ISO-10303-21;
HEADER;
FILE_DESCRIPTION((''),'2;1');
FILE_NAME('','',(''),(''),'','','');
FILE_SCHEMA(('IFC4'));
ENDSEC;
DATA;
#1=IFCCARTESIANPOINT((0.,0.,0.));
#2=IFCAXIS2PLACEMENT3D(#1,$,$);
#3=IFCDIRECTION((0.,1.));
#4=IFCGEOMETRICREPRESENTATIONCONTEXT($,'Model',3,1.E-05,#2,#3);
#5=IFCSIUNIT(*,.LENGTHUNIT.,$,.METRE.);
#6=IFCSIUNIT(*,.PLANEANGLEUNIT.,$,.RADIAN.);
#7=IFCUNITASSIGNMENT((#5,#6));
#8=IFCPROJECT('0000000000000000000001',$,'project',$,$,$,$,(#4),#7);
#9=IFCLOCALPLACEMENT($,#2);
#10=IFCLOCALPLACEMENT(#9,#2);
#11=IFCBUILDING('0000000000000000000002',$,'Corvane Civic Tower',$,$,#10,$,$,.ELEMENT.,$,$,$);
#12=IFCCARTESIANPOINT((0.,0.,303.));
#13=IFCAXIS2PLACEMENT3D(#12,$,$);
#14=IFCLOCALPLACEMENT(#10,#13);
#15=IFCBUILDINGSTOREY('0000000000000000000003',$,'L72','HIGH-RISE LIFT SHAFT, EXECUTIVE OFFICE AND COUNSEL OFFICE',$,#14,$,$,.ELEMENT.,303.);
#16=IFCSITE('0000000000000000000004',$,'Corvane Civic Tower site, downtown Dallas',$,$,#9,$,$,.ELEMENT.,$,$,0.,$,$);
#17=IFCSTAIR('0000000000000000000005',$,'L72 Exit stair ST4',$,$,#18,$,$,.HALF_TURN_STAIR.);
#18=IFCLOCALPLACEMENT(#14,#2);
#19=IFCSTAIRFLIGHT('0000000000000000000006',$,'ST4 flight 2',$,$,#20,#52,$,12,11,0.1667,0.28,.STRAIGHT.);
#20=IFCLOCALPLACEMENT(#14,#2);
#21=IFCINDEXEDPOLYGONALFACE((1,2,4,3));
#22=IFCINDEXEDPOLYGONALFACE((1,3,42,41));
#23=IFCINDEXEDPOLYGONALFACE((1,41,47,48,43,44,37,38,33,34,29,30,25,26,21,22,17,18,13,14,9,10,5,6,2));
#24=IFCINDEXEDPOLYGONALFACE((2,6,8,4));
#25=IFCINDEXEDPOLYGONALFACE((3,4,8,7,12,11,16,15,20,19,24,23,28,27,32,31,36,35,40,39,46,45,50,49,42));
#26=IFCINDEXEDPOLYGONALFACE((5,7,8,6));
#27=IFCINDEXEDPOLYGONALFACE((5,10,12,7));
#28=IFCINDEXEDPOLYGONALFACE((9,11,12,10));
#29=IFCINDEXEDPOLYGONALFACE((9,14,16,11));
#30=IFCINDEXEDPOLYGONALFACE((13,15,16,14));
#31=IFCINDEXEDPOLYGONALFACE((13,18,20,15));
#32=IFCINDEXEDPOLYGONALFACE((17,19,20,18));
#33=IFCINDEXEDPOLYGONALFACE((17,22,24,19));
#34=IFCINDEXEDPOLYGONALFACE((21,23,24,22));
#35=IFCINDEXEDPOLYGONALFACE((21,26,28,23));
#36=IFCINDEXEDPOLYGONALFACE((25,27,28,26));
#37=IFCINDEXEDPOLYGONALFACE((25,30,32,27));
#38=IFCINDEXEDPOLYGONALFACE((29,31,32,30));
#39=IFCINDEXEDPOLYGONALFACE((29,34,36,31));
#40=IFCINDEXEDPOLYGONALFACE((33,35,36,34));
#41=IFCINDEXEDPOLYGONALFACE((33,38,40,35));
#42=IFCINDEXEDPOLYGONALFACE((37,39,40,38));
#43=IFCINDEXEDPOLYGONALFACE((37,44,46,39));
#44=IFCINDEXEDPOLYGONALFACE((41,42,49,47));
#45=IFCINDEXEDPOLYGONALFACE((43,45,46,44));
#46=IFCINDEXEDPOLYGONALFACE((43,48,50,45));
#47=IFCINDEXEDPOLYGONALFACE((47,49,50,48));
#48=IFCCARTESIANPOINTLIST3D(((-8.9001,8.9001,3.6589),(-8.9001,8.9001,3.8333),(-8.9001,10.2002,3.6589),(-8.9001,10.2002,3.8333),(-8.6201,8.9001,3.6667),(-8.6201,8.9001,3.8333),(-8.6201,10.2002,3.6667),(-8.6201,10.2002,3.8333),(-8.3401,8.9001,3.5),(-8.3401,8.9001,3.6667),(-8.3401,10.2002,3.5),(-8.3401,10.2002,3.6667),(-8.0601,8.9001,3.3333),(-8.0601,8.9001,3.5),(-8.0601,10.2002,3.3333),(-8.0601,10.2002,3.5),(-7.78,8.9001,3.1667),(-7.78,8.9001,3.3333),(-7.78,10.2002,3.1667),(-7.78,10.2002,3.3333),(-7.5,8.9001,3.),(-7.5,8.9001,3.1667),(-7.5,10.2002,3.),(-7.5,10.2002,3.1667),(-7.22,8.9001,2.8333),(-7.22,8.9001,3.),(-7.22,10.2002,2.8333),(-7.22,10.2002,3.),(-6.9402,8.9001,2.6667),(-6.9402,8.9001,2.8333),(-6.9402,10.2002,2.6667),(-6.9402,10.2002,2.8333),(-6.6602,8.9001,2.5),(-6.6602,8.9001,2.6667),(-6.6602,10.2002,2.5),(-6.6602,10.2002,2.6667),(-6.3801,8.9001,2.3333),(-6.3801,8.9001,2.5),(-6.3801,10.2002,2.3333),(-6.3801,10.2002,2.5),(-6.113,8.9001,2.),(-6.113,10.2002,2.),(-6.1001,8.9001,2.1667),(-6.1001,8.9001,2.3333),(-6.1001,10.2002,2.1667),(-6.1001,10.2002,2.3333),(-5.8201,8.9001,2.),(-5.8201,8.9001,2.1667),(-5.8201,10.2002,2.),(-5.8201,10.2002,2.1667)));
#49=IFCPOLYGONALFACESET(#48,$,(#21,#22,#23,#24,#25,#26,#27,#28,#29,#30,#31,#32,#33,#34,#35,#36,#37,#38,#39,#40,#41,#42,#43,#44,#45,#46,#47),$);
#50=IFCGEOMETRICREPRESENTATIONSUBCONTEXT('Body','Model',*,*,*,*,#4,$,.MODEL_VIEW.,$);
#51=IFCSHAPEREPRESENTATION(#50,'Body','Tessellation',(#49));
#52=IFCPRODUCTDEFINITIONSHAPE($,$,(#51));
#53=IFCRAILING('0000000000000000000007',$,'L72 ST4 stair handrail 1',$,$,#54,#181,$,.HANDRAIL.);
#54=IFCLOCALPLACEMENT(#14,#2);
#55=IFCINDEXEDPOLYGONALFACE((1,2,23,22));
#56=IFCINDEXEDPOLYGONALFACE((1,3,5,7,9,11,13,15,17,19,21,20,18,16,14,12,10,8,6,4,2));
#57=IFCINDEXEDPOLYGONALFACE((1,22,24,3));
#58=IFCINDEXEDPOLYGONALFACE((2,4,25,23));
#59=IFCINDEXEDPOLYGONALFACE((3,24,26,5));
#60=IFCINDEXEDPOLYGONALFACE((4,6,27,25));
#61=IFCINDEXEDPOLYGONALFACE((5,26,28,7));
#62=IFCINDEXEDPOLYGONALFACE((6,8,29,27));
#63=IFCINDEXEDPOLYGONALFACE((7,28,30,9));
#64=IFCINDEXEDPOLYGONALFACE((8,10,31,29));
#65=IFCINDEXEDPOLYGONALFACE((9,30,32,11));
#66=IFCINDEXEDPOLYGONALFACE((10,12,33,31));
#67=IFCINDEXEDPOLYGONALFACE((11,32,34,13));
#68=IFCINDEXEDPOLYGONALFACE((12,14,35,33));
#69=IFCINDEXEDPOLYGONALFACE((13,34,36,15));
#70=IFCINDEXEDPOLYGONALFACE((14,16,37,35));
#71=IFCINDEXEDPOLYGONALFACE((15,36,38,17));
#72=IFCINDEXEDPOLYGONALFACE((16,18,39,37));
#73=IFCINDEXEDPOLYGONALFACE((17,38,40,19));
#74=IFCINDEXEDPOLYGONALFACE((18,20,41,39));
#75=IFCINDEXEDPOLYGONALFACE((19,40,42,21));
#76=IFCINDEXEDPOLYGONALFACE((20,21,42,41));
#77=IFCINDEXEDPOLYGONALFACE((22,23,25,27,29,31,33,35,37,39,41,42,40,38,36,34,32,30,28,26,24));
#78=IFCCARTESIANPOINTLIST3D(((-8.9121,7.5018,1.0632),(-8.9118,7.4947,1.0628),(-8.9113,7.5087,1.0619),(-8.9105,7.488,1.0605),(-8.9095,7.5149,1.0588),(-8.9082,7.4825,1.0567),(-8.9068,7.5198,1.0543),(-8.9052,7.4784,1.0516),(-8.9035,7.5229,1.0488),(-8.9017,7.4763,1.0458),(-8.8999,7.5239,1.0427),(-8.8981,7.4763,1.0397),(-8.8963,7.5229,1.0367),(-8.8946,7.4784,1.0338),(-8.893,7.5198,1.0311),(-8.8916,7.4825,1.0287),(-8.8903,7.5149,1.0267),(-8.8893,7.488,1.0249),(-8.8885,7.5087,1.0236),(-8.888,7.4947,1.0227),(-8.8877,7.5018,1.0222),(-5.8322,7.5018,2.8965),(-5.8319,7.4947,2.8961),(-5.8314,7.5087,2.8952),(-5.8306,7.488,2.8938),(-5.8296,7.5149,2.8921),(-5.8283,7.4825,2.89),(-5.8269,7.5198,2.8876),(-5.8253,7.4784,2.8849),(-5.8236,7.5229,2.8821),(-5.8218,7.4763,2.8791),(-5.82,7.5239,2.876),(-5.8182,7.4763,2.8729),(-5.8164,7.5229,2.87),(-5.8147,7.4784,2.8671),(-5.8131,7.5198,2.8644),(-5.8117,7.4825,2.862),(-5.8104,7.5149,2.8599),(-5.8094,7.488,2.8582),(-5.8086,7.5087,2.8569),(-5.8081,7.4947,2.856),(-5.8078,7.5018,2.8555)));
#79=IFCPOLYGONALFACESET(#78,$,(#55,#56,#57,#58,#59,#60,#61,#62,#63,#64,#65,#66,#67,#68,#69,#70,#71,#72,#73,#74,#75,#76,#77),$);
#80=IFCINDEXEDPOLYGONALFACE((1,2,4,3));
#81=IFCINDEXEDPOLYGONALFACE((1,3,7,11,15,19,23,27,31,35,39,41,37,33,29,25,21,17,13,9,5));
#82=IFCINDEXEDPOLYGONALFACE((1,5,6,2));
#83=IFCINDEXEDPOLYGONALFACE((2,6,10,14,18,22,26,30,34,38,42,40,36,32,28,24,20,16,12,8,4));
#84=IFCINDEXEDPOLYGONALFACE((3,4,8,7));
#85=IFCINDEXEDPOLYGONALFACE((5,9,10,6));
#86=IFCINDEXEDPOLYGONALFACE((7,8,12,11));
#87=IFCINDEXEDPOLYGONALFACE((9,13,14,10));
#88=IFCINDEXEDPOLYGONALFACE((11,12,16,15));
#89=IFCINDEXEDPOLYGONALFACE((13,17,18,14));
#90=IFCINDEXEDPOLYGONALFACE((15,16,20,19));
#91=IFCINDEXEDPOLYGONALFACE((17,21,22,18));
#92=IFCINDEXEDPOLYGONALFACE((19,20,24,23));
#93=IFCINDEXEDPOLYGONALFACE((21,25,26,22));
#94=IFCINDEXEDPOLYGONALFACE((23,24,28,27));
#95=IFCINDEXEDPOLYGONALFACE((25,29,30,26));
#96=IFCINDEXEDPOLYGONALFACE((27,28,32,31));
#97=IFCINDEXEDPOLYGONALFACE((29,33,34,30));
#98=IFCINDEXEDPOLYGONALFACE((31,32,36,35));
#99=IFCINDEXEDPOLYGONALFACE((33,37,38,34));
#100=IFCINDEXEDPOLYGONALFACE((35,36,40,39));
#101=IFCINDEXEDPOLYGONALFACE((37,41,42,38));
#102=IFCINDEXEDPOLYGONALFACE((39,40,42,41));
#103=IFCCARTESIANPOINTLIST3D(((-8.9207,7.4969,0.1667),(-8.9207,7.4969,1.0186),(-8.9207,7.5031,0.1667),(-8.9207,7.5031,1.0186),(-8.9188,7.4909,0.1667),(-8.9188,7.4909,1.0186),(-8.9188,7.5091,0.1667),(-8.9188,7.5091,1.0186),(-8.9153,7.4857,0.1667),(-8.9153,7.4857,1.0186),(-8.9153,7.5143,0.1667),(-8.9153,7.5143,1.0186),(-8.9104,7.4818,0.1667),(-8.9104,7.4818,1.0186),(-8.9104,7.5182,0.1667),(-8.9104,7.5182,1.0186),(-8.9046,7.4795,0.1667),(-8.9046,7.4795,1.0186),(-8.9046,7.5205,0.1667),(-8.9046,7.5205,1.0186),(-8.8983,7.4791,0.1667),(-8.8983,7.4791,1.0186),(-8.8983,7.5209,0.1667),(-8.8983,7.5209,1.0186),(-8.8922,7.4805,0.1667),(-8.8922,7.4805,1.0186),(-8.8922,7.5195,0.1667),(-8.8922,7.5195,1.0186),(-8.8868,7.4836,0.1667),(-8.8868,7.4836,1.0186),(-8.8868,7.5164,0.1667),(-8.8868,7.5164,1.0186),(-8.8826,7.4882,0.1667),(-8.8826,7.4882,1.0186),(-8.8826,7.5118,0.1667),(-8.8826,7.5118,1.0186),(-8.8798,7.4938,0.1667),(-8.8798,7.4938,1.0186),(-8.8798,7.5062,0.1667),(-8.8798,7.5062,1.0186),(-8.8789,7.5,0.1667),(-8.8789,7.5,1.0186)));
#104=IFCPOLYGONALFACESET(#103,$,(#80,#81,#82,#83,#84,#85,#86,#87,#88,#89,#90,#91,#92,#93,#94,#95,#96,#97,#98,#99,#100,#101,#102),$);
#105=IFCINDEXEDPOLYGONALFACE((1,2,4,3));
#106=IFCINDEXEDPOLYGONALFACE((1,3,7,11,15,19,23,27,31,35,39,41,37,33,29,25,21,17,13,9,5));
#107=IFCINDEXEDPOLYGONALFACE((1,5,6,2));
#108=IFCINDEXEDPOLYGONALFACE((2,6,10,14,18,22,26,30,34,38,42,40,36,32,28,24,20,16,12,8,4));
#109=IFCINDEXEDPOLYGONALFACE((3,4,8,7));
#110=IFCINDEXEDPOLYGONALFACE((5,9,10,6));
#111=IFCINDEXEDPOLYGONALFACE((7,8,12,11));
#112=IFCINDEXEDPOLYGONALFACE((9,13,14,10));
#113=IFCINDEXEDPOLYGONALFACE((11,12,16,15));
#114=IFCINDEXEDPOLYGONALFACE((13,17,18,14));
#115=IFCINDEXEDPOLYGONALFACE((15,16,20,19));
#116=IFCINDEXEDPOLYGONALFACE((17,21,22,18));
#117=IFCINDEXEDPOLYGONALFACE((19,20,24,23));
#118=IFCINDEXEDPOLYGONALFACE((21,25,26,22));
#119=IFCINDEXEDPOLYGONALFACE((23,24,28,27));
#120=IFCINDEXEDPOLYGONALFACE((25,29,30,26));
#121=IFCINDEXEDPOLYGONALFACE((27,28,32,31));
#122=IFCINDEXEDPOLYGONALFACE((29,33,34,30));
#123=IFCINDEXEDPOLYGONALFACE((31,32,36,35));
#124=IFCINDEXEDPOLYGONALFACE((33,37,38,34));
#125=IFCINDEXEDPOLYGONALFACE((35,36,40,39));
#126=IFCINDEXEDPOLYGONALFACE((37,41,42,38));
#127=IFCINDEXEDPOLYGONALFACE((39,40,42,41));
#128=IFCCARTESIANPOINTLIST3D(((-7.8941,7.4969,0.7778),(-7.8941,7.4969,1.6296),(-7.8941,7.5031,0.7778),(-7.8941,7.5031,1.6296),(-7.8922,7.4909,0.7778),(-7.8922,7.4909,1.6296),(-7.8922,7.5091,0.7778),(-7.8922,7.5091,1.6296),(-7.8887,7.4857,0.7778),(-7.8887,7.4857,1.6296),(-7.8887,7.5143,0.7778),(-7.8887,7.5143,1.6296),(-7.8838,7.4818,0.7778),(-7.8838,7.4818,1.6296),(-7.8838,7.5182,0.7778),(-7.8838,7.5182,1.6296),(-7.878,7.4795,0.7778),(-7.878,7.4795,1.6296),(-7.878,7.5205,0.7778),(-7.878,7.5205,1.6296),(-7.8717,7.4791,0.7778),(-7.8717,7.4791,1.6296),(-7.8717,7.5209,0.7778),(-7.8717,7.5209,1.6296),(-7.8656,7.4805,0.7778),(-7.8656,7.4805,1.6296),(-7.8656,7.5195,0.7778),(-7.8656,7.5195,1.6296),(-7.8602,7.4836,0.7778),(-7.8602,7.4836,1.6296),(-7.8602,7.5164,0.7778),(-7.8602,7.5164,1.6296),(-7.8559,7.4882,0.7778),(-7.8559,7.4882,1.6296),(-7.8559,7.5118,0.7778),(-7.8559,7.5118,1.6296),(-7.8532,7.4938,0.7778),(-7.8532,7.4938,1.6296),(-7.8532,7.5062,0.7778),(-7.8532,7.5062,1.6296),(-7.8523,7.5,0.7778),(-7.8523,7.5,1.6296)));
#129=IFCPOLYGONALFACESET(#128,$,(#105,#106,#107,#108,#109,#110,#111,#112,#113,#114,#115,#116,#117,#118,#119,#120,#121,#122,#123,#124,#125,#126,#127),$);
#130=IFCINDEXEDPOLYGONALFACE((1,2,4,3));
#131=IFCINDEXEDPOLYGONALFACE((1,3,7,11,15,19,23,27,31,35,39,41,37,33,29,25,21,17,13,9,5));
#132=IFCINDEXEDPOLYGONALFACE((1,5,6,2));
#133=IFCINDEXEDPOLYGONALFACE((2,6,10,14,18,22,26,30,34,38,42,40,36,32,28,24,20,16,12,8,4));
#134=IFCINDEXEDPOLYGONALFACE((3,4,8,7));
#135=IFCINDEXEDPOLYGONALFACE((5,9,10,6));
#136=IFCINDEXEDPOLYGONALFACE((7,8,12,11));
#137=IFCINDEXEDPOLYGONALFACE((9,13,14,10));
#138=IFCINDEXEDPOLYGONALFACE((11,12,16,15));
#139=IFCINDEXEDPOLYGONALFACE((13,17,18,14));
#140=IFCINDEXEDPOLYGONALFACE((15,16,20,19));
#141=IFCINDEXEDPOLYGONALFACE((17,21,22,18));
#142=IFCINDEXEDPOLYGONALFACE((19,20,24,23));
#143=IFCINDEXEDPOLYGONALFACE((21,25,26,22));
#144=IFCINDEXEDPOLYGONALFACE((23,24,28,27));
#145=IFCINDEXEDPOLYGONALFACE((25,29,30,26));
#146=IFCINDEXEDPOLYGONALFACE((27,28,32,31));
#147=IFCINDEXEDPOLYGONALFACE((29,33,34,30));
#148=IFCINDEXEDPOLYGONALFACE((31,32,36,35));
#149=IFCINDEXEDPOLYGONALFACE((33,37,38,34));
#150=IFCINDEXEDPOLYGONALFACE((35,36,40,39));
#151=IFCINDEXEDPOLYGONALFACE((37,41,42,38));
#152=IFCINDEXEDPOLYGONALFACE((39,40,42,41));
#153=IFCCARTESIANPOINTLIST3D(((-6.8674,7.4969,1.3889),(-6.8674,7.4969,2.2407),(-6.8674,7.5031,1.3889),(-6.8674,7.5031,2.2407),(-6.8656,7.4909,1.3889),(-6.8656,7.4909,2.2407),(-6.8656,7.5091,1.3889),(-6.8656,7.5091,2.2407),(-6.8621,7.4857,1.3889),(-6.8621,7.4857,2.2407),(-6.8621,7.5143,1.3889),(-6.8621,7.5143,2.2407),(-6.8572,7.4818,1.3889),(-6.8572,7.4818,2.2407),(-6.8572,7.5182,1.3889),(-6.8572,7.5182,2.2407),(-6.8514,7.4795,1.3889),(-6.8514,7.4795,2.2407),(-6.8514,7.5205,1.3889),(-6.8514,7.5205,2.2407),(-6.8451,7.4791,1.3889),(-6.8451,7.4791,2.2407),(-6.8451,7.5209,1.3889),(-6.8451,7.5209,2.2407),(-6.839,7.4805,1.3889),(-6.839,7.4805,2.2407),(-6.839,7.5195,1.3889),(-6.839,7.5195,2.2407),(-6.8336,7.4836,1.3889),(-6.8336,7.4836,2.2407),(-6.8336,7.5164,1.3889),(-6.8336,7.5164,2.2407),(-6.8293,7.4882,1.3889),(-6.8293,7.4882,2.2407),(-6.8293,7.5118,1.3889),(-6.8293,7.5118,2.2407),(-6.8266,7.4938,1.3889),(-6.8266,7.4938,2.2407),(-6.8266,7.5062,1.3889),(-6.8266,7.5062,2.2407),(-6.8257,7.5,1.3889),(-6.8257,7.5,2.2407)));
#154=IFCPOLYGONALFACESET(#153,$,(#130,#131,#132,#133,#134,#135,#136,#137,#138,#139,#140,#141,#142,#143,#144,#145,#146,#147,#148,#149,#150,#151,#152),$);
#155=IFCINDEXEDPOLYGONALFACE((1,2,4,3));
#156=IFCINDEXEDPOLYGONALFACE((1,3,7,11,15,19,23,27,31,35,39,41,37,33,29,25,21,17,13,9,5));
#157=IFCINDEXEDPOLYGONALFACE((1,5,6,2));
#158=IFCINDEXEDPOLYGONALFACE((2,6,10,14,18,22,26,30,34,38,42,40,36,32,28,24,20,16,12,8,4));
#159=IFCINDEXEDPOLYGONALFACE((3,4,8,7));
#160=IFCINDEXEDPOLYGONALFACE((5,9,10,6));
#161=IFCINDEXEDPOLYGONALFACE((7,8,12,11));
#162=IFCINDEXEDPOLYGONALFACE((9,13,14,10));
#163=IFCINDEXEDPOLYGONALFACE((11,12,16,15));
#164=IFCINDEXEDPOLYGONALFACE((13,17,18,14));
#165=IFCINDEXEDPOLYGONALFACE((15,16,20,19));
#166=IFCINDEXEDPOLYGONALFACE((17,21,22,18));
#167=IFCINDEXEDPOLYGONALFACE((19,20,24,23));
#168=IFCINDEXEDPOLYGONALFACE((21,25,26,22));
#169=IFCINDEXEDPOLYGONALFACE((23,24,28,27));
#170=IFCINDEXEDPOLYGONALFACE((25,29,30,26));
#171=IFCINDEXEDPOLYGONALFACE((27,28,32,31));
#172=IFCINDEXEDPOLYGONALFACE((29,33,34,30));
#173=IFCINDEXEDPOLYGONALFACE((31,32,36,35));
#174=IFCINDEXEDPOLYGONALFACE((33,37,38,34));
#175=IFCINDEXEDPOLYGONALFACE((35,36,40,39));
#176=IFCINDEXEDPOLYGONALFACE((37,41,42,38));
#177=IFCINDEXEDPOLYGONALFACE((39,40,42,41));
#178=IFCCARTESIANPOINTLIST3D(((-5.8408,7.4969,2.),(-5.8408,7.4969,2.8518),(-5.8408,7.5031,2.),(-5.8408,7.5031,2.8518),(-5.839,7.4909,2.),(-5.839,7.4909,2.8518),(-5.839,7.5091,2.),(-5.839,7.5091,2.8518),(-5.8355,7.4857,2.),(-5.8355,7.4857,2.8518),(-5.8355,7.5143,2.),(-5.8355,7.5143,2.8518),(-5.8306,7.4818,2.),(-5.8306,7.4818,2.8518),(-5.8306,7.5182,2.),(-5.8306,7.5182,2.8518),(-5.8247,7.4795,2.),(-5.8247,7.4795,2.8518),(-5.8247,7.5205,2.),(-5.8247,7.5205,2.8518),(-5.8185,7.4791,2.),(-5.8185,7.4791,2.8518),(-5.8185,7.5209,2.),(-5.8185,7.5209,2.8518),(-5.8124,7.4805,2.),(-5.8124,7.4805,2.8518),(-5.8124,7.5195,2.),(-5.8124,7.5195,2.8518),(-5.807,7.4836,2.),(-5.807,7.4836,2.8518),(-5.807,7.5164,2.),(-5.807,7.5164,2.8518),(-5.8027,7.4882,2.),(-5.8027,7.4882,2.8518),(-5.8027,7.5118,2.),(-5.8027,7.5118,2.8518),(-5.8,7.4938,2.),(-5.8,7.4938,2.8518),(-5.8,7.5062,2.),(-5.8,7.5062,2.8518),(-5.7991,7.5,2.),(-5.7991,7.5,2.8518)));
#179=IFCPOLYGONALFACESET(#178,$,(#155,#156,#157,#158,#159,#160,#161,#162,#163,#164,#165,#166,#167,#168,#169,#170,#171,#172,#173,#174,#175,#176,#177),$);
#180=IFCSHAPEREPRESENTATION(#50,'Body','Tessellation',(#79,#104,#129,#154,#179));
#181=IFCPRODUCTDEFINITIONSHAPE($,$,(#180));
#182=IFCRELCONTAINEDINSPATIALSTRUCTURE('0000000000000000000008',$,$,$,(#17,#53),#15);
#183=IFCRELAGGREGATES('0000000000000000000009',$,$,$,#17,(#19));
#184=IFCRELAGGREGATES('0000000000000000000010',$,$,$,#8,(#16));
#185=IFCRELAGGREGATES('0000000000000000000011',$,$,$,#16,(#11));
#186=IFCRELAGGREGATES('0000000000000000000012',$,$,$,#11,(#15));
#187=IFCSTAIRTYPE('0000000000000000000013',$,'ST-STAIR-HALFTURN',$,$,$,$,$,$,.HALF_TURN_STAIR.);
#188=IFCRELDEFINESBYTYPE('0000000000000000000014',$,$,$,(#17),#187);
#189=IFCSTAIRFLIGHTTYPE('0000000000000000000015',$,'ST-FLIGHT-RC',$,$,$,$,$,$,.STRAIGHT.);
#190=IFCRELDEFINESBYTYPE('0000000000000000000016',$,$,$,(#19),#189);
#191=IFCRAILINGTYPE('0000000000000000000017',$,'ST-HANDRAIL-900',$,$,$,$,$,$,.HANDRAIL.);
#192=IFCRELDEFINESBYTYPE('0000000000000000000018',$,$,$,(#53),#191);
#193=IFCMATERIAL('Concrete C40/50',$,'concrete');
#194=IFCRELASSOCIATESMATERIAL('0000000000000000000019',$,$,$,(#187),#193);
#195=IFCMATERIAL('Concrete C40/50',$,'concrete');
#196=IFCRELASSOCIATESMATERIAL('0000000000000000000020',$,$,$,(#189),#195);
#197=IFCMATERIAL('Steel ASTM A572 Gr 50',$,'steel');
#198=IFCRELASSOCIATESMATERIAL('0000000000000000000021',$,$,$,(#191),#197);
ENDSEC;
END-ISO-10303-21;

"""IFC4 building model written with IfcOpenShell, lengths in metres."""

from ifc_helpers import new_model, si_unit, direction, frame, origin, origin_2d, place, context, subcontext, project, spatial, polyline, circle, outline, extrude, material, type_object, element, aggregate, save


model = new_model("IFC4")

# Units and contexts
model_context = context("Model", 3, precision=1e-05, world=origin(), true_north=direction((0.0, 1.0)))
body_context = subcontext(model_context, "Body", "Model", "MODEL_VIEW")
ifc_project = project(units=[si_unit("LENGTHUNIT", "METRE"), si_unit("PLANEANGLEUNIT", "RADIAN")], contexts=[model_context])

# Site, building, storey
site_placement = place(None, origin())
site = spatial("IfcSite", under=ifc_project, at=site_placement, Name="Corvane Civic Tower site, downtown Dallas", CompositionType="ELEMENT", RefElevation=0.0)
building_placement = place(site_placement, origin())
building = spatial("IfcBuilding", under=site, at=building_placement, Name="Corvane Civic Tower", CompositionType="ELEMENT")
storey_placement = place(building_placement, frame((0.0, 0.0, 303.0)))
storey = spatial("IfcBuildingStorey", under=building, at=storey_placement, Name="L72", Description="HIGH-RISE LIFT SHAFT, EXECUTIVE OFFICE AND COUNSEL OFFICE", CompositionType="ELEMENT", Elevation=303.0)

# Stair
ifc_material_1 = material(Name="Concrete C40/50", Category="concrete")
stair_type = type_object("IfcStairType", Name="ST-STAIR-HALFTURN", PredefinedType="HALF_TURN_STAIR", material=ifc_material_1)
stair_1_placement = place(storey_placement, origin())
stair_1 = element("IfcStair", 1, at=stair_1_placement, inside=storey, type_object=stair_type, Name="L72 Exit stair ST4", PredefinedType="HALF_TURN_STAIR")

# Stair flight
ifc_material_2 = material(Name="Concrete C40/50", Category="concrete")
stair_flight_type = type_object("IfcStairFlightType", Name="ST-FLIGHT-RC", PredefinedType="STRAIGHT", material=ifc_material_2)
stair_flight_1_placement = place(storey_placement, frame((-5.8201, 9.55, 2.0), z_axis=(0.0, 0.0, 1.0), x_axis=(-1.0, 0.0, 0.0)))
stair_flight_1 = element("IfcStairFlight", 2, at=stair_flight_1_placement, type_object=stair_flight_type, Name="ST4 flight 2", NumberOfRisers=12, NumberOfTreads=11, PredefinedType="STRAIGHT", RiserHeight=0.1667, TreadLength=0.28, context=body_context, shape_type="SweptSolid", body=[
    extrude(outline(polyline([(0.0, 0.0), (0.0, 0.1667), (0.28, 0.1667), (0.28, 0.3333), (0.5601, 0.3333), (0.5601, 0.5), (0.8401, 0.5), (0.8401, 0.6667), (1.1201, 0.6667), (1.1201, 0.8333), (1.3999, 0.8333), (1.3999, 1.0), (1.6799, 1.0), (1.6799, 1.1667), (1.96, 1.1667), (1.96, 1.3333), (2.24, 1.3333), (2.24, 1.5), (2.52, 1.5), (2.52, 1.6667), (2.8, 1.6667), (2.8, 1.8333), (3.0801, 1.8333), (3.0801, 2.0), (3.0801, 1.6589), (0.293, 0.0), (0.0, 0.0)])), frame((0.0, 0.6499, 0.0), z_axis=(0.0, -1.0, 0.0), x_axis=(1.0, 0.0, 0.0)), (0.0, 0.0, 1.0), 1.3),
])
aggregate(stair_1, [stair_flight_1])

# Railing
ifc_material_3 = material(Name="Steel ASTM A572 Gr 50", Category="steel")
railing_type_1 = type_object("IfcRailingType", Name="ST-HANDRAIL-900", PredefinedType="HANDRAIL", material=ifc_material_3)
railing_1_placement = place(storey_placement, frame((-8.8999, 7.5, 0.1667)))
element("IfcRailing", 3, at=railing_1_placement, inside=storey, type_object=railing_type_1, Name="L72 ST4 stair handrail 1", PredefinedType="HANDRAIL", context=body_context, shape_type="SweptSolid", body=[
    extrude(circle(Radius=0.0239, at=origin_2d()), frame((0.0, 0.0, 0.876), z_axis=(0.859291, 0.0, 0.511487), x_axis=(0.0, 1.0, 0.0)), (0.0, 0.0, 1.0), 3.5842),
    extrude(circle(Radius=0.021, at=origin_2d()), origin(), (0.0, 0.0, 1.0), 0.8518),
    extrude(circle(Radius=0.021, at=origin_2d()), frame((1.0266, 0.0, 0.6111)), (0.0, 0.0, 1.0), 0.8518),
    extrude(circle(Radius=0.021, at=origin_2d()), frame((2.0532, 0.0, 1.2222)), (0.0, 0.0, 1.0), 0.8518),
    extrude(circle(Radius=0.021, at=origin_2d()), frame((3.0798, 0.0, 1.8333)), (0.0, 0.0, 1.0), 0.8518),
])

save(model, "model.ifc")
